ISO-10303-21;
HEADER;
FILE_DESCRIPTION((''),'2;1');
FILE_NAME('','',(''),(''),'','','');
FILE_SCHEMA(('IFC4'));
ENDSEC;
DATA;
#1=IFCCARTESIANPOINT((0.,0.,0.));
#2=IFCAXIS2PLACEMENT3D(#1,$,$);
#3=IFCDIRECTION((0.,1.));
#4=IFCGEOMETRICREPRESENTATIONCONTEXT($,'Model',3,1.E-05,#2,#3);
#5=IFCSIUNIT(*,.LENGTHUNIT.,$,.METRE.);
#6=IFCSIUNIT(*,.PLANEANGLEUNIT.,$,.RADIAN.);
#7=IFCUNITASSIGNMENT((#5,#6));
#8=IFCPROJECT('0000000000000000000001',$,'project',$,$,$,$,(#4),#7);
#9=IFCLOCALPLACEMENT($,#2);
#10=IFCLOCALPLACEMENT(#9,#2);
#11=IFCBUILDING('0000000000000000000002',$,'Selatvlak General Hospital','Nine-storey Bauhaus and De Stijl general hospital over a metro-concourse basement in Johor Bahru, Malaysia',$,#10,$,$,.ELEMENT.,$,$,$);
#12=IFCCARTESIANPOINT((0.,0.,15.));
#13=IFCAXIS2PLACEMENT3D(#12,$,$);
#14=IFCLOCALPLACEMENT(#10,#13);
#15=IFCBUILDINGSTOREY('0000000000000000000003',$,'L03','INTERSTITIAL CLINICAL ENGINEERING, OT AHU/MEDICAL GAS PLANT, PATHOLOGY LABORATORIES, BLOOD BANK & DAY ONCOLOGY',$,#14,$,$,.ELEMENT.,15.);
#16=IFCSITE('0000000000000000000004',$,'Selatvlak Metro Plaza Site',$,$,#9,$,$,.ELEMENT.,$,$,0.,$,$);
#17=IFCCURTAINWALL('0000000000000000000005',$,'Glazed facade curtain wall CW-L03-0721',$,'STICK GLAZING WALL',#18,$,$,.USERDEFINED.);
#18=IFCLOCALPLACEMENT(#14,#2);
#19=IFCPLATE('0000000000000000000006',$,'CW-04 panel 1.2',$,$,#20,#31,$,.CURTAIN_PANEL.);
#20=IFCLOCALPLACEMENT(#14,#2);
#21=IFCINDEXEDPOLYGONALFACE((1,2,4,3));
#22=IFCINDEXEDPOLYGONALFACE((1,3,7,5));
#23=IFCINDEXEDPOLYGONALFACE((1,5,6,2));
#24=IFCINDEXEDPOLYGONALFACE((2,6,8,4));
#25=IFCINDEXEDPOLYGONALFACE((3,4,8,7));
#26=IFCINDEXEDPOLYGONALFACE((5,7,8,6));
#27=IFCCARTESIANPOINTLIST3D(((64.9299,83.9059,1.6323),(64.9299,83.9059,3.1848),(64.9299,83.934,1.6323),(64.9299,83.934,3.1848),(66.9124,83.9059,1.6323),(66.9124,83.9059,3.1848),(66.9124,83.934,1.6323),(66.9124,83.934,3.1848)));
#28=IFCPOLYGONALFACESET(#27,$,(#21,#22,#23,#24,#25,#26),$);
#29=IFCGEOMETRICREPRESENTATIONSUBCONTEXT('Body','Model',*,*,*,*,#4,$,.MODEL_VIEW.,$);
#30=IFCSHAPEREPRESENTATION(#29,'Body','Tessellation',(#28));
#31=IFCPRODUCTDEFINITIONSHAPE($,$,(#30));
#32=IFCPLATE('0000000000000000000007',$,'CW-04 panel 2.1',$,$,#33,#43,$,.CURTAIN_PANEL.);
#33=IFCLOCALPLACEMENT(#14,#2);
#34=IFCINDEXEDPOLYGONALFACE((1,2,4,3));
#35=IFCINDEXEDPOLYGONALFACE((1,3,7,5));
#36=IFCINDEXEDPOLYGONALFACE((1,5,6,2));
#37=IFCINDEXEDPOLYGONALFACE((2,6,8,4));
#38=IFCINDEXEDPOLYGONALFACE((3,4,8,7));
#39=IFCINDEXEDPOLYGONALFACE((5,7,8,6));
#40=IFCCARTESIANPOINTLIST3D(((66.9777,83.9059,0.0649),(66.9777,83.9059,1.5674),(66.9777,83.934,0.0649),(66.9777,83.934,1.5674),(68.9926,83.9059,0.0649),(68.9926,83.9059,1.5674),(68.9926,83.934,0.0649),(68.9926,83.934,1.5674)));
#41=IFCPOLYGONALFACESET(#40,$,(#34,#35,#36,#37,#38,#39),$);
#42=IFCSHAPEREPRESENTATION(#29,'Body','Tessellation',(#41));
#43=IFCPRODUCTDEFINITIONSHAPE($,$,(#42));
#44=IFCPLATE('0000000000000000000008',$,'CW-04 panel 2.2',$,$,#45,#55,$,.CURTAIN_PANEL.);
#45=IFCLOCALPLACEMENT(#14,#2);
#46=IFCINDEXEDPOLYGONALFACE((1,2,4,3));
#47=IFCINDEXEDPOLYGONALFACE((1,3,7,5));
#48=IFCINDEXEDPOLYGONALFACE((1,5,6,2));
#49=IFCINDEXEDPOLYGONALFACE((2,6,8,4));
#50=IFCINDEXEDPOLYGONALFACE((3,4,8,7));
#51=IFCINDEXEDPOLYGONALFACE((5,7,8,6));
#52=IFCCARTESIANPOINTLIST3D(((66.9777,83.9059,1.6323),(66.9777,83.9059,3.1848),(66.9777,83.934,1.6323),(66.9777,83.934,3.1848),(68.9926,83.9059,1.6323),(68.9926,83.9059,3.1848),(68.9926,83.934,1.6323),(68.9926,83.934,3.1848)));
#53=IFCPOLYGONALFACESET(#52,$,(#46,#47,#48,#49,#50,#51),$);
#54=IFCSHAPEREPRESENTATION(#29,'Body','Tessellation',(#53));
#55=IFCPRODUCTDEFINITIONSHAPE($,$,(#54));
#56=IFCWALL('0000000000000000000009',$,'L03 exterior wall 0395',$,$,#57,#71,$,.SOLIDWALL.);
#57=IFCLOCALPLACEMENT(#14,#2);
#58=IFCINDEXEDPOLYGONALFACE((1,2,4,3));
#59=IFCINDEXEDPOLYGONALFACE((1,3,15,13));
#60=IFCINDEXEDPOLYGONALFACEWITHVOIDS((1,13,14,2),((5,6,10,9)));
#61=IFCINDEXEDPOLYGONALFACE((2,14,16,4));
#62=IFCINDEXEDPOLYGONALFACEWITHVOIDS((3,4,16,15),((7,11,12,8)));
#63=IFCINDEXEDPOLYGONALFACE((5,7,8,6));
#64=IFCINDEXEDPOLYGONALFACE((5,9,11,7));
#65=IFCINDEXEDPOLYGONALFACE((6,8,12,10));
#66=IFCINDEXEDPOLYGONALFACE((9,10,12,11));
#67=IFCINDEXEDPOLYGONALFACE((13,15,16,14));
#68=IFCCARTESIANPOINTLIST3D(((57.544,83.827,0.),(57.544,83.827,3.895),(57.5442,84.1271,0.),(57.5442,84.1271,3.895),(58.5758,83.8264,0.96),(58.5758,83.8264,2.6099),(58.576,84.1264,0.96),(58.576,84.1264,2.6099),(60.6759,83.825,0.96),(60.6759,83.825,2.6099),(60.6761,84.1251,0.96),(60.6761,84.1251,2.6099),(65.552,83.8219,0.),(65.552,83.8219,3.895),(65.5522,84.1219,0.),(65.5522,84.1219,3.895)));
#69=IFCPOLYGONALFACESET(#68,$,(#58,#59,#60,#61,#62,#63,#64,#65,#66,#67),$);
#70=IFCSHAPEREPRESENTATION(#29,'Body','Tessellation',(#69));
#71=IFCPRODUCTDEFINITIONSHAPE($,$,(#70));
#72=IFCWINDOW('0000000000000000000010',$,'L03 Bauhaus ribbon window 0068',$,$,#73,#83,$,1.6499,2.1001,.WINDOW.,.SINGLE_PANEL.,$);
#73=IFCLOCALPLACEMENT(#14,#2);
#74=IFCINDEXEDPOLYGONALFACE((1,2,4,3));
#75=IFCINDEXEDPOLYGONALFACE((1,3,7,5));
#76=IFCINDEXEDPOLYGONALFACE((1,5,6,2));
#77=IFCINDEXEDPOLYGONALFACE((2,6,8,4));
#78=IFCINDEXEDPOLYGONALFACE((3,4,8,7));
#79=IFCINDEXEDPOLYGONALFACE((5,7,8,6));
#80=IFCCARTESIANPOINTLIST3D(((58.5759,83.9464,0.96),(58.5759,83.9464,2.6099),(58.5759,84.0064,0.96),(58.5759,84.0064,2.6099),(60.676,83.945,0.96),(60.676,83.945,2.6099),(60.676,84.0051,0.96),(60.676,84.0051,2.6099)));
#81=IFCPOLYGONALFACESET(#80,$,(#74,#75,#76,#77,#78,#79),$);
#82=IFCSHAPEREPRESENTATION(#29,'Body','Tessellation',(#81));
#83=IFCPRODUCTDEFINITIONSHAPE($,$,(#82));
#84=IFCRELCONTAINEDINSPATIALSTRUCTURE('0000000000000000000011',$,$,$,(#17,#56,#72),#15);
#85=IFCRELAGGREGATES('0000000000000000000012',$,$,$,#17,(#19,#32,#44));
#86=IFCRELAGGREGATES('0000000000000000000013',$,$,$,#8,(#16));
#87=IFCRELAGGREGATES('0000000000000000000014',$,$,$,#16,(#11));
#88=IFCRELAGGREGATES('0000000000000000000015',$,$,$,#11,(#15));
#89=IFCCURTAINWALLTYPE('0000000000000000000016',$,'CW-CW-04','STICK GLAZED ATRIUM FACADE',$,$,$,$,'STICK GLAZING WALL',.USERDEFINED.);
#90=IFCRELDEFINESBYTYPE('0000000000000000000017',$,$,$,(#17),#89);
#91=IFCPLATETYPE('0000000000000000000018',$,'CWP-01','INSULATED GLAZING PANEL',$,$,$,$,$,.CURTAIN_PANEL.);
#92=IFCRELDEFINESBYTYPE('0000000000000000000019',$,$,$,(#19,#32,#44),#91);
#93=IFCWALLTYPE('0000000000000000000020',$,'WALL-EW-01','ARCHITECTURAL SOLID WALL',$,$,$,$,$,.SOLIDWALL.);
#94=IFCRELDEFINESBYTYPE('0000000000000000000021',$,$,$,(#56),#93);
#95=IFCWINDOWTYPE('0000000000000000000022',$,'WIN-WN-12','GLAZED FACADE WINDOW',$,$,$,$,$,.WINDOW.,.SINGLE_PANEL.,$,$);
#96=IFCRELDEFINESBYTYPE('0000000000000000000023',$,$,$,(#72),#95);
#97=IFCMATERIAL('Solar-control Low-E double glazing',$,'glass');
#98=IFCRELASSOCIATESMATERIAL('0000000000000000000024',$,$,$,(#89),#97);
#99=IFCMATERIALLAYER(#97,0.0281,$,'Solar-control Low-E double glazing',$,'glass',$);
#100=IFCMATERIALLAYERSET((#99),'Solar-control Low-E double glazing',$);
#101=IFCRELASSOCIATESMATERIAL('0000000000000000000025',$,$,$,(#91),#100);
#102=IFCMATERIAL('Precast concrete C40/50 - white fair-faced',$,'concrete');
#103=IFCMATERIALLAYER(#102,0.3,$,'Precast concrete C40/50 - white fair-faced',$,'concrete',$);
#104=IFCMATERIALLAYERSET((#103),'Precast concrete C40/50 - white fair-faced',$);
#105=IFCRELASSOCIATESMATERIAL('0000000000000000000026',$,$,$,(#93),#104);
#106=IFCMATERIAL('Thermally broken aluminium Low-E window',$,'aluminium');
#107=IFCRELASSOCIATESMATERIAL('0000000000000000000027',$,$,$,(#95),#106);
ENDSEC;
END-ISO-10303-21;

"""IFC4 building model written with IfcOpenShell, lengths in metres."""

from ifc_helpers import new_model, si_unit, direction, frame, frame_2d, origin, origin_2d, place, context, subcontext, project, spatial, rectangle, extrude, material, layer, layer_set, type_object, element, fill, aggregate, save


model = new_model("IFC4")

# Units and contexts
model_context = context("Model", 3, precision=1e-05, world=origin(), true_north=direction((0.0, 1.0)))
body_context = subcontext(model_context, "Body", "Model", "MODEL_VIEW")
ifc_project = project(units=[si_unit("LENGTHUNIT", "METRE"), si_unit("PLANEANGLEUNIT", "RADIAN")], contexts=[model_context])

# Site, building, storey
site_placement = place(None, origin())
site = spatial("IfcSite", under=ifc_project, at=site_placement, Name="Selatvlak Metro Plaza Site", CompositionType="ELEMENT", RefElevation=0.0)
building_placement = place(site_placement, origin())
building = spatial("IfcBuilding", under=site, at=building_placement, Name="Selatvlak General Hospital", Description="Nine-storey Bauhaus and De Stijl general hospital over a metro-concourse basement in Johor Bahru, Malaysia", CompositionType="ELEMENT")
storey_placement = place(building_placement, frame((0.0, 0.0, 15.0)))
storey = spatial("IfcBuildingStorey", under=building, at=storey_placement, Name="L03", Description="INTERSTITIAL CLINICAL ENGINEERING, OT AHU/MEDICAL GAS PLANT, PATHOLOGY LABORATORIES, BLOOD BANK & DAY ONCOLOGY", CompositionType="ELEMENT", Elevation=15.0)

# Curtain wall
ifc_material_1 = material(Name="Solar-control Low-E double glazing", Category="glass")
curtain_wall_type = type_object("IfcCurtainWallType", Name="CW-CW-04", Description="STICK GLAZED ATRIUM FACADE", ElementType="STICK GLAZING WALL", PredefinedType="USERDEFINED", material=ifc_material_1)
curtain_wall_1_placement = place(storey_placement, origin())
curtain_wall_1 = element("IfcCurtainWall", 1, at=curtain_wall_1_placement, inside=storey, type_object=curtain_wall_type, Name="Glazed facade curtain wall CW-L03-0721", ObjectType="STICK GLAZING WALL", PredefinedType="USERDEFINED")

# Plates
ifc_layer_1 = layer(ifc_material_1, 0.0281, Name="Solar-control Low-E double glazing", Category="glass")
ifc_layer_set_1 = layer_set([ifc_layer_1], Name="Solar-control Low-E double glazing")
plate_type = type_object("IfcPlateType", Name="CWP-01", Description="INSULATED GLAZING PANEL", PredefinedType="CURTAIN_PANEL", material=ifc_layer_set_1)
plate_1_placement = place(storey_placement, frame((65.9211, 83.9199, 1.6323), z_axis=(0.0, 0.0, 1.0), x_axis=(1.0, 0.0, 0.0)))
plate_1 = element("IfcPlate", 2, at=plate_1_placement, type_object=plate_type, Name="CW-04 panel 1.2", PredefinedType="CURTAIN_PANEL", context=body_context, shape_type="SweptSolid", body=[
    extrude(rectangle(XDim=1.9824, YDim=0.0281, at=origin_2d()), origin(), (0.0, 0.0, 1.0), 1.5525),
])
plate_2_placement = place(storey_placement, frame((67.9851, 83.9199, 0.0649), z_axis=(0.0, 0.0, 1.0), x_axis=(1.0, 0.0, 0.0)))
plate_2 = element("IfcPlate", 3, at=plate_2_placement, type_object=plate_type, Name="CW-04 panel 2.1", PredefinedType="CURTAIN_PANEL", context=body_context, shape_type="SweptSolid", body=[
    extrude(rectangle(XDim=2.0149, YDim=0.0281, at=origin_2d()), origin(), (0.0, 0.0, 1.0), 1.5024),
])
plate_3_placement = place(storey_placement, frame((67.9851, 83.9199, 1.6323), z_axis=(0.0, 0.0, 1.0), x_axis=(1.0, 0.0, 0.0)))
plate_3 = element("IfcPlate", 4, at=plate_3_placement, type_object=plate_type, Name="CW-04 panel 2.2", PredefinedType="CURTAIN_PANEL", context=body_context, shape_type="SweptSolid", body=[
    extrude(rectangle(XDim=2.0149, YDim=0.0281, at=origin_2d()), origin(), (0.0, 0.0, 1.0), 1.5525),
])
aggregate(curtain_wall_1, [plate_1, plate_2, plate_3])

# Wall, opening, window
ifc_material_2 = material(Name="Precast concrete C40/50 - white fair-faced", Category="concrete")
ifc_layer_2 = layer(ifc_material_2, 0.3, Name="Precast concrete C40/50 - white fair-faced", Category="concrete")
ifc_layer_set_2 = layer_set([ifc_layer_2], Name="Precast concrete C40/50 - white fair-faced")
wall_type = type_object("IfcWallType", Name="WALL-EW-01", Description="ARCHITECTURAL SOLID WALL", PredefinedType="SOLIDWALL", material=ifc_layer_set_2)
wall_placement = place(storey_placement, frame((65.552, 83.9719, 0.0), z_axis=(0.0, 0.0, 1.0), x_axis=(-1.0, 0.00064, 0.0)))
wall = element("IfcWall", 5, at=wall_placement, inside=storey, type_object=wall_type, Name="L03 exterior wall 0395", PredefinedType="SOLIDWALL", context=body_context, shape_type="SweptSolid", body=[
    extrude(rectangle(XDim=8.0081, YDim=0.3, at=frame_2d((4.0039, 0.0))), origin(), (0.0, 0.0, 1.0), 3.895),
])
opening_placement = place(wall_placement, frame((4.876, 0.0, 0.96)))
opening = element("IfcOpeningElement", 6, at=opening_placement, cuts=wall, PredefinedType="OPENING", context=body_context, shape_type="SweptSolid", body=[
    extrude(rectangle(XDim=2.1001, YDim=1.6499, at=frame_2d((1.05, 0.825))), frame((0.0, 0.1599, 0.0), z_axis=(0.0, -1.0, 0.0), x_axis=(1.0, 0.0, 0.0)), (0.0, 0.0, 1.0), 0.3201),
])
ifc_material_3 = material(Name="Thermally broken aluminium Low-E window", Category="aluminium")
window_type = type_object("IfcWindowType", Name="WIN-WN-12", Description="GLAZED FACADE WINDOW", PartitioningType="SINGLE_PANEL", PredefinedType="WINDOW", material=ifc_material_3)
window_placement = place(opening_placement, origin())
window = element("IfcWindow", 7, at=window_placement, inside=storey, type_object=window_type, Name="L03 Bauhaus ribbon window 0068", OverallHeight=1.6499, OverallWidth=2.1001, PartitioningType="SINGLE_PANEL", PredefinedType="WINDOW", context=body_context, shape_type="SweptSolid", body=[
    extrude(rectangle(XDim=2.1001, YDim=1.6499, at=frame_2d((1.05, 0.825))), frame((0.0, 0.03, 0.0), z_axis=(0.0, -1.0, 0.0), x_axis=(1.0, 0.0, 0.0)), (0.0, 0.0, 1.0), 0.0601),
])
fill(opening, window)

save(model, "model.ifc")
